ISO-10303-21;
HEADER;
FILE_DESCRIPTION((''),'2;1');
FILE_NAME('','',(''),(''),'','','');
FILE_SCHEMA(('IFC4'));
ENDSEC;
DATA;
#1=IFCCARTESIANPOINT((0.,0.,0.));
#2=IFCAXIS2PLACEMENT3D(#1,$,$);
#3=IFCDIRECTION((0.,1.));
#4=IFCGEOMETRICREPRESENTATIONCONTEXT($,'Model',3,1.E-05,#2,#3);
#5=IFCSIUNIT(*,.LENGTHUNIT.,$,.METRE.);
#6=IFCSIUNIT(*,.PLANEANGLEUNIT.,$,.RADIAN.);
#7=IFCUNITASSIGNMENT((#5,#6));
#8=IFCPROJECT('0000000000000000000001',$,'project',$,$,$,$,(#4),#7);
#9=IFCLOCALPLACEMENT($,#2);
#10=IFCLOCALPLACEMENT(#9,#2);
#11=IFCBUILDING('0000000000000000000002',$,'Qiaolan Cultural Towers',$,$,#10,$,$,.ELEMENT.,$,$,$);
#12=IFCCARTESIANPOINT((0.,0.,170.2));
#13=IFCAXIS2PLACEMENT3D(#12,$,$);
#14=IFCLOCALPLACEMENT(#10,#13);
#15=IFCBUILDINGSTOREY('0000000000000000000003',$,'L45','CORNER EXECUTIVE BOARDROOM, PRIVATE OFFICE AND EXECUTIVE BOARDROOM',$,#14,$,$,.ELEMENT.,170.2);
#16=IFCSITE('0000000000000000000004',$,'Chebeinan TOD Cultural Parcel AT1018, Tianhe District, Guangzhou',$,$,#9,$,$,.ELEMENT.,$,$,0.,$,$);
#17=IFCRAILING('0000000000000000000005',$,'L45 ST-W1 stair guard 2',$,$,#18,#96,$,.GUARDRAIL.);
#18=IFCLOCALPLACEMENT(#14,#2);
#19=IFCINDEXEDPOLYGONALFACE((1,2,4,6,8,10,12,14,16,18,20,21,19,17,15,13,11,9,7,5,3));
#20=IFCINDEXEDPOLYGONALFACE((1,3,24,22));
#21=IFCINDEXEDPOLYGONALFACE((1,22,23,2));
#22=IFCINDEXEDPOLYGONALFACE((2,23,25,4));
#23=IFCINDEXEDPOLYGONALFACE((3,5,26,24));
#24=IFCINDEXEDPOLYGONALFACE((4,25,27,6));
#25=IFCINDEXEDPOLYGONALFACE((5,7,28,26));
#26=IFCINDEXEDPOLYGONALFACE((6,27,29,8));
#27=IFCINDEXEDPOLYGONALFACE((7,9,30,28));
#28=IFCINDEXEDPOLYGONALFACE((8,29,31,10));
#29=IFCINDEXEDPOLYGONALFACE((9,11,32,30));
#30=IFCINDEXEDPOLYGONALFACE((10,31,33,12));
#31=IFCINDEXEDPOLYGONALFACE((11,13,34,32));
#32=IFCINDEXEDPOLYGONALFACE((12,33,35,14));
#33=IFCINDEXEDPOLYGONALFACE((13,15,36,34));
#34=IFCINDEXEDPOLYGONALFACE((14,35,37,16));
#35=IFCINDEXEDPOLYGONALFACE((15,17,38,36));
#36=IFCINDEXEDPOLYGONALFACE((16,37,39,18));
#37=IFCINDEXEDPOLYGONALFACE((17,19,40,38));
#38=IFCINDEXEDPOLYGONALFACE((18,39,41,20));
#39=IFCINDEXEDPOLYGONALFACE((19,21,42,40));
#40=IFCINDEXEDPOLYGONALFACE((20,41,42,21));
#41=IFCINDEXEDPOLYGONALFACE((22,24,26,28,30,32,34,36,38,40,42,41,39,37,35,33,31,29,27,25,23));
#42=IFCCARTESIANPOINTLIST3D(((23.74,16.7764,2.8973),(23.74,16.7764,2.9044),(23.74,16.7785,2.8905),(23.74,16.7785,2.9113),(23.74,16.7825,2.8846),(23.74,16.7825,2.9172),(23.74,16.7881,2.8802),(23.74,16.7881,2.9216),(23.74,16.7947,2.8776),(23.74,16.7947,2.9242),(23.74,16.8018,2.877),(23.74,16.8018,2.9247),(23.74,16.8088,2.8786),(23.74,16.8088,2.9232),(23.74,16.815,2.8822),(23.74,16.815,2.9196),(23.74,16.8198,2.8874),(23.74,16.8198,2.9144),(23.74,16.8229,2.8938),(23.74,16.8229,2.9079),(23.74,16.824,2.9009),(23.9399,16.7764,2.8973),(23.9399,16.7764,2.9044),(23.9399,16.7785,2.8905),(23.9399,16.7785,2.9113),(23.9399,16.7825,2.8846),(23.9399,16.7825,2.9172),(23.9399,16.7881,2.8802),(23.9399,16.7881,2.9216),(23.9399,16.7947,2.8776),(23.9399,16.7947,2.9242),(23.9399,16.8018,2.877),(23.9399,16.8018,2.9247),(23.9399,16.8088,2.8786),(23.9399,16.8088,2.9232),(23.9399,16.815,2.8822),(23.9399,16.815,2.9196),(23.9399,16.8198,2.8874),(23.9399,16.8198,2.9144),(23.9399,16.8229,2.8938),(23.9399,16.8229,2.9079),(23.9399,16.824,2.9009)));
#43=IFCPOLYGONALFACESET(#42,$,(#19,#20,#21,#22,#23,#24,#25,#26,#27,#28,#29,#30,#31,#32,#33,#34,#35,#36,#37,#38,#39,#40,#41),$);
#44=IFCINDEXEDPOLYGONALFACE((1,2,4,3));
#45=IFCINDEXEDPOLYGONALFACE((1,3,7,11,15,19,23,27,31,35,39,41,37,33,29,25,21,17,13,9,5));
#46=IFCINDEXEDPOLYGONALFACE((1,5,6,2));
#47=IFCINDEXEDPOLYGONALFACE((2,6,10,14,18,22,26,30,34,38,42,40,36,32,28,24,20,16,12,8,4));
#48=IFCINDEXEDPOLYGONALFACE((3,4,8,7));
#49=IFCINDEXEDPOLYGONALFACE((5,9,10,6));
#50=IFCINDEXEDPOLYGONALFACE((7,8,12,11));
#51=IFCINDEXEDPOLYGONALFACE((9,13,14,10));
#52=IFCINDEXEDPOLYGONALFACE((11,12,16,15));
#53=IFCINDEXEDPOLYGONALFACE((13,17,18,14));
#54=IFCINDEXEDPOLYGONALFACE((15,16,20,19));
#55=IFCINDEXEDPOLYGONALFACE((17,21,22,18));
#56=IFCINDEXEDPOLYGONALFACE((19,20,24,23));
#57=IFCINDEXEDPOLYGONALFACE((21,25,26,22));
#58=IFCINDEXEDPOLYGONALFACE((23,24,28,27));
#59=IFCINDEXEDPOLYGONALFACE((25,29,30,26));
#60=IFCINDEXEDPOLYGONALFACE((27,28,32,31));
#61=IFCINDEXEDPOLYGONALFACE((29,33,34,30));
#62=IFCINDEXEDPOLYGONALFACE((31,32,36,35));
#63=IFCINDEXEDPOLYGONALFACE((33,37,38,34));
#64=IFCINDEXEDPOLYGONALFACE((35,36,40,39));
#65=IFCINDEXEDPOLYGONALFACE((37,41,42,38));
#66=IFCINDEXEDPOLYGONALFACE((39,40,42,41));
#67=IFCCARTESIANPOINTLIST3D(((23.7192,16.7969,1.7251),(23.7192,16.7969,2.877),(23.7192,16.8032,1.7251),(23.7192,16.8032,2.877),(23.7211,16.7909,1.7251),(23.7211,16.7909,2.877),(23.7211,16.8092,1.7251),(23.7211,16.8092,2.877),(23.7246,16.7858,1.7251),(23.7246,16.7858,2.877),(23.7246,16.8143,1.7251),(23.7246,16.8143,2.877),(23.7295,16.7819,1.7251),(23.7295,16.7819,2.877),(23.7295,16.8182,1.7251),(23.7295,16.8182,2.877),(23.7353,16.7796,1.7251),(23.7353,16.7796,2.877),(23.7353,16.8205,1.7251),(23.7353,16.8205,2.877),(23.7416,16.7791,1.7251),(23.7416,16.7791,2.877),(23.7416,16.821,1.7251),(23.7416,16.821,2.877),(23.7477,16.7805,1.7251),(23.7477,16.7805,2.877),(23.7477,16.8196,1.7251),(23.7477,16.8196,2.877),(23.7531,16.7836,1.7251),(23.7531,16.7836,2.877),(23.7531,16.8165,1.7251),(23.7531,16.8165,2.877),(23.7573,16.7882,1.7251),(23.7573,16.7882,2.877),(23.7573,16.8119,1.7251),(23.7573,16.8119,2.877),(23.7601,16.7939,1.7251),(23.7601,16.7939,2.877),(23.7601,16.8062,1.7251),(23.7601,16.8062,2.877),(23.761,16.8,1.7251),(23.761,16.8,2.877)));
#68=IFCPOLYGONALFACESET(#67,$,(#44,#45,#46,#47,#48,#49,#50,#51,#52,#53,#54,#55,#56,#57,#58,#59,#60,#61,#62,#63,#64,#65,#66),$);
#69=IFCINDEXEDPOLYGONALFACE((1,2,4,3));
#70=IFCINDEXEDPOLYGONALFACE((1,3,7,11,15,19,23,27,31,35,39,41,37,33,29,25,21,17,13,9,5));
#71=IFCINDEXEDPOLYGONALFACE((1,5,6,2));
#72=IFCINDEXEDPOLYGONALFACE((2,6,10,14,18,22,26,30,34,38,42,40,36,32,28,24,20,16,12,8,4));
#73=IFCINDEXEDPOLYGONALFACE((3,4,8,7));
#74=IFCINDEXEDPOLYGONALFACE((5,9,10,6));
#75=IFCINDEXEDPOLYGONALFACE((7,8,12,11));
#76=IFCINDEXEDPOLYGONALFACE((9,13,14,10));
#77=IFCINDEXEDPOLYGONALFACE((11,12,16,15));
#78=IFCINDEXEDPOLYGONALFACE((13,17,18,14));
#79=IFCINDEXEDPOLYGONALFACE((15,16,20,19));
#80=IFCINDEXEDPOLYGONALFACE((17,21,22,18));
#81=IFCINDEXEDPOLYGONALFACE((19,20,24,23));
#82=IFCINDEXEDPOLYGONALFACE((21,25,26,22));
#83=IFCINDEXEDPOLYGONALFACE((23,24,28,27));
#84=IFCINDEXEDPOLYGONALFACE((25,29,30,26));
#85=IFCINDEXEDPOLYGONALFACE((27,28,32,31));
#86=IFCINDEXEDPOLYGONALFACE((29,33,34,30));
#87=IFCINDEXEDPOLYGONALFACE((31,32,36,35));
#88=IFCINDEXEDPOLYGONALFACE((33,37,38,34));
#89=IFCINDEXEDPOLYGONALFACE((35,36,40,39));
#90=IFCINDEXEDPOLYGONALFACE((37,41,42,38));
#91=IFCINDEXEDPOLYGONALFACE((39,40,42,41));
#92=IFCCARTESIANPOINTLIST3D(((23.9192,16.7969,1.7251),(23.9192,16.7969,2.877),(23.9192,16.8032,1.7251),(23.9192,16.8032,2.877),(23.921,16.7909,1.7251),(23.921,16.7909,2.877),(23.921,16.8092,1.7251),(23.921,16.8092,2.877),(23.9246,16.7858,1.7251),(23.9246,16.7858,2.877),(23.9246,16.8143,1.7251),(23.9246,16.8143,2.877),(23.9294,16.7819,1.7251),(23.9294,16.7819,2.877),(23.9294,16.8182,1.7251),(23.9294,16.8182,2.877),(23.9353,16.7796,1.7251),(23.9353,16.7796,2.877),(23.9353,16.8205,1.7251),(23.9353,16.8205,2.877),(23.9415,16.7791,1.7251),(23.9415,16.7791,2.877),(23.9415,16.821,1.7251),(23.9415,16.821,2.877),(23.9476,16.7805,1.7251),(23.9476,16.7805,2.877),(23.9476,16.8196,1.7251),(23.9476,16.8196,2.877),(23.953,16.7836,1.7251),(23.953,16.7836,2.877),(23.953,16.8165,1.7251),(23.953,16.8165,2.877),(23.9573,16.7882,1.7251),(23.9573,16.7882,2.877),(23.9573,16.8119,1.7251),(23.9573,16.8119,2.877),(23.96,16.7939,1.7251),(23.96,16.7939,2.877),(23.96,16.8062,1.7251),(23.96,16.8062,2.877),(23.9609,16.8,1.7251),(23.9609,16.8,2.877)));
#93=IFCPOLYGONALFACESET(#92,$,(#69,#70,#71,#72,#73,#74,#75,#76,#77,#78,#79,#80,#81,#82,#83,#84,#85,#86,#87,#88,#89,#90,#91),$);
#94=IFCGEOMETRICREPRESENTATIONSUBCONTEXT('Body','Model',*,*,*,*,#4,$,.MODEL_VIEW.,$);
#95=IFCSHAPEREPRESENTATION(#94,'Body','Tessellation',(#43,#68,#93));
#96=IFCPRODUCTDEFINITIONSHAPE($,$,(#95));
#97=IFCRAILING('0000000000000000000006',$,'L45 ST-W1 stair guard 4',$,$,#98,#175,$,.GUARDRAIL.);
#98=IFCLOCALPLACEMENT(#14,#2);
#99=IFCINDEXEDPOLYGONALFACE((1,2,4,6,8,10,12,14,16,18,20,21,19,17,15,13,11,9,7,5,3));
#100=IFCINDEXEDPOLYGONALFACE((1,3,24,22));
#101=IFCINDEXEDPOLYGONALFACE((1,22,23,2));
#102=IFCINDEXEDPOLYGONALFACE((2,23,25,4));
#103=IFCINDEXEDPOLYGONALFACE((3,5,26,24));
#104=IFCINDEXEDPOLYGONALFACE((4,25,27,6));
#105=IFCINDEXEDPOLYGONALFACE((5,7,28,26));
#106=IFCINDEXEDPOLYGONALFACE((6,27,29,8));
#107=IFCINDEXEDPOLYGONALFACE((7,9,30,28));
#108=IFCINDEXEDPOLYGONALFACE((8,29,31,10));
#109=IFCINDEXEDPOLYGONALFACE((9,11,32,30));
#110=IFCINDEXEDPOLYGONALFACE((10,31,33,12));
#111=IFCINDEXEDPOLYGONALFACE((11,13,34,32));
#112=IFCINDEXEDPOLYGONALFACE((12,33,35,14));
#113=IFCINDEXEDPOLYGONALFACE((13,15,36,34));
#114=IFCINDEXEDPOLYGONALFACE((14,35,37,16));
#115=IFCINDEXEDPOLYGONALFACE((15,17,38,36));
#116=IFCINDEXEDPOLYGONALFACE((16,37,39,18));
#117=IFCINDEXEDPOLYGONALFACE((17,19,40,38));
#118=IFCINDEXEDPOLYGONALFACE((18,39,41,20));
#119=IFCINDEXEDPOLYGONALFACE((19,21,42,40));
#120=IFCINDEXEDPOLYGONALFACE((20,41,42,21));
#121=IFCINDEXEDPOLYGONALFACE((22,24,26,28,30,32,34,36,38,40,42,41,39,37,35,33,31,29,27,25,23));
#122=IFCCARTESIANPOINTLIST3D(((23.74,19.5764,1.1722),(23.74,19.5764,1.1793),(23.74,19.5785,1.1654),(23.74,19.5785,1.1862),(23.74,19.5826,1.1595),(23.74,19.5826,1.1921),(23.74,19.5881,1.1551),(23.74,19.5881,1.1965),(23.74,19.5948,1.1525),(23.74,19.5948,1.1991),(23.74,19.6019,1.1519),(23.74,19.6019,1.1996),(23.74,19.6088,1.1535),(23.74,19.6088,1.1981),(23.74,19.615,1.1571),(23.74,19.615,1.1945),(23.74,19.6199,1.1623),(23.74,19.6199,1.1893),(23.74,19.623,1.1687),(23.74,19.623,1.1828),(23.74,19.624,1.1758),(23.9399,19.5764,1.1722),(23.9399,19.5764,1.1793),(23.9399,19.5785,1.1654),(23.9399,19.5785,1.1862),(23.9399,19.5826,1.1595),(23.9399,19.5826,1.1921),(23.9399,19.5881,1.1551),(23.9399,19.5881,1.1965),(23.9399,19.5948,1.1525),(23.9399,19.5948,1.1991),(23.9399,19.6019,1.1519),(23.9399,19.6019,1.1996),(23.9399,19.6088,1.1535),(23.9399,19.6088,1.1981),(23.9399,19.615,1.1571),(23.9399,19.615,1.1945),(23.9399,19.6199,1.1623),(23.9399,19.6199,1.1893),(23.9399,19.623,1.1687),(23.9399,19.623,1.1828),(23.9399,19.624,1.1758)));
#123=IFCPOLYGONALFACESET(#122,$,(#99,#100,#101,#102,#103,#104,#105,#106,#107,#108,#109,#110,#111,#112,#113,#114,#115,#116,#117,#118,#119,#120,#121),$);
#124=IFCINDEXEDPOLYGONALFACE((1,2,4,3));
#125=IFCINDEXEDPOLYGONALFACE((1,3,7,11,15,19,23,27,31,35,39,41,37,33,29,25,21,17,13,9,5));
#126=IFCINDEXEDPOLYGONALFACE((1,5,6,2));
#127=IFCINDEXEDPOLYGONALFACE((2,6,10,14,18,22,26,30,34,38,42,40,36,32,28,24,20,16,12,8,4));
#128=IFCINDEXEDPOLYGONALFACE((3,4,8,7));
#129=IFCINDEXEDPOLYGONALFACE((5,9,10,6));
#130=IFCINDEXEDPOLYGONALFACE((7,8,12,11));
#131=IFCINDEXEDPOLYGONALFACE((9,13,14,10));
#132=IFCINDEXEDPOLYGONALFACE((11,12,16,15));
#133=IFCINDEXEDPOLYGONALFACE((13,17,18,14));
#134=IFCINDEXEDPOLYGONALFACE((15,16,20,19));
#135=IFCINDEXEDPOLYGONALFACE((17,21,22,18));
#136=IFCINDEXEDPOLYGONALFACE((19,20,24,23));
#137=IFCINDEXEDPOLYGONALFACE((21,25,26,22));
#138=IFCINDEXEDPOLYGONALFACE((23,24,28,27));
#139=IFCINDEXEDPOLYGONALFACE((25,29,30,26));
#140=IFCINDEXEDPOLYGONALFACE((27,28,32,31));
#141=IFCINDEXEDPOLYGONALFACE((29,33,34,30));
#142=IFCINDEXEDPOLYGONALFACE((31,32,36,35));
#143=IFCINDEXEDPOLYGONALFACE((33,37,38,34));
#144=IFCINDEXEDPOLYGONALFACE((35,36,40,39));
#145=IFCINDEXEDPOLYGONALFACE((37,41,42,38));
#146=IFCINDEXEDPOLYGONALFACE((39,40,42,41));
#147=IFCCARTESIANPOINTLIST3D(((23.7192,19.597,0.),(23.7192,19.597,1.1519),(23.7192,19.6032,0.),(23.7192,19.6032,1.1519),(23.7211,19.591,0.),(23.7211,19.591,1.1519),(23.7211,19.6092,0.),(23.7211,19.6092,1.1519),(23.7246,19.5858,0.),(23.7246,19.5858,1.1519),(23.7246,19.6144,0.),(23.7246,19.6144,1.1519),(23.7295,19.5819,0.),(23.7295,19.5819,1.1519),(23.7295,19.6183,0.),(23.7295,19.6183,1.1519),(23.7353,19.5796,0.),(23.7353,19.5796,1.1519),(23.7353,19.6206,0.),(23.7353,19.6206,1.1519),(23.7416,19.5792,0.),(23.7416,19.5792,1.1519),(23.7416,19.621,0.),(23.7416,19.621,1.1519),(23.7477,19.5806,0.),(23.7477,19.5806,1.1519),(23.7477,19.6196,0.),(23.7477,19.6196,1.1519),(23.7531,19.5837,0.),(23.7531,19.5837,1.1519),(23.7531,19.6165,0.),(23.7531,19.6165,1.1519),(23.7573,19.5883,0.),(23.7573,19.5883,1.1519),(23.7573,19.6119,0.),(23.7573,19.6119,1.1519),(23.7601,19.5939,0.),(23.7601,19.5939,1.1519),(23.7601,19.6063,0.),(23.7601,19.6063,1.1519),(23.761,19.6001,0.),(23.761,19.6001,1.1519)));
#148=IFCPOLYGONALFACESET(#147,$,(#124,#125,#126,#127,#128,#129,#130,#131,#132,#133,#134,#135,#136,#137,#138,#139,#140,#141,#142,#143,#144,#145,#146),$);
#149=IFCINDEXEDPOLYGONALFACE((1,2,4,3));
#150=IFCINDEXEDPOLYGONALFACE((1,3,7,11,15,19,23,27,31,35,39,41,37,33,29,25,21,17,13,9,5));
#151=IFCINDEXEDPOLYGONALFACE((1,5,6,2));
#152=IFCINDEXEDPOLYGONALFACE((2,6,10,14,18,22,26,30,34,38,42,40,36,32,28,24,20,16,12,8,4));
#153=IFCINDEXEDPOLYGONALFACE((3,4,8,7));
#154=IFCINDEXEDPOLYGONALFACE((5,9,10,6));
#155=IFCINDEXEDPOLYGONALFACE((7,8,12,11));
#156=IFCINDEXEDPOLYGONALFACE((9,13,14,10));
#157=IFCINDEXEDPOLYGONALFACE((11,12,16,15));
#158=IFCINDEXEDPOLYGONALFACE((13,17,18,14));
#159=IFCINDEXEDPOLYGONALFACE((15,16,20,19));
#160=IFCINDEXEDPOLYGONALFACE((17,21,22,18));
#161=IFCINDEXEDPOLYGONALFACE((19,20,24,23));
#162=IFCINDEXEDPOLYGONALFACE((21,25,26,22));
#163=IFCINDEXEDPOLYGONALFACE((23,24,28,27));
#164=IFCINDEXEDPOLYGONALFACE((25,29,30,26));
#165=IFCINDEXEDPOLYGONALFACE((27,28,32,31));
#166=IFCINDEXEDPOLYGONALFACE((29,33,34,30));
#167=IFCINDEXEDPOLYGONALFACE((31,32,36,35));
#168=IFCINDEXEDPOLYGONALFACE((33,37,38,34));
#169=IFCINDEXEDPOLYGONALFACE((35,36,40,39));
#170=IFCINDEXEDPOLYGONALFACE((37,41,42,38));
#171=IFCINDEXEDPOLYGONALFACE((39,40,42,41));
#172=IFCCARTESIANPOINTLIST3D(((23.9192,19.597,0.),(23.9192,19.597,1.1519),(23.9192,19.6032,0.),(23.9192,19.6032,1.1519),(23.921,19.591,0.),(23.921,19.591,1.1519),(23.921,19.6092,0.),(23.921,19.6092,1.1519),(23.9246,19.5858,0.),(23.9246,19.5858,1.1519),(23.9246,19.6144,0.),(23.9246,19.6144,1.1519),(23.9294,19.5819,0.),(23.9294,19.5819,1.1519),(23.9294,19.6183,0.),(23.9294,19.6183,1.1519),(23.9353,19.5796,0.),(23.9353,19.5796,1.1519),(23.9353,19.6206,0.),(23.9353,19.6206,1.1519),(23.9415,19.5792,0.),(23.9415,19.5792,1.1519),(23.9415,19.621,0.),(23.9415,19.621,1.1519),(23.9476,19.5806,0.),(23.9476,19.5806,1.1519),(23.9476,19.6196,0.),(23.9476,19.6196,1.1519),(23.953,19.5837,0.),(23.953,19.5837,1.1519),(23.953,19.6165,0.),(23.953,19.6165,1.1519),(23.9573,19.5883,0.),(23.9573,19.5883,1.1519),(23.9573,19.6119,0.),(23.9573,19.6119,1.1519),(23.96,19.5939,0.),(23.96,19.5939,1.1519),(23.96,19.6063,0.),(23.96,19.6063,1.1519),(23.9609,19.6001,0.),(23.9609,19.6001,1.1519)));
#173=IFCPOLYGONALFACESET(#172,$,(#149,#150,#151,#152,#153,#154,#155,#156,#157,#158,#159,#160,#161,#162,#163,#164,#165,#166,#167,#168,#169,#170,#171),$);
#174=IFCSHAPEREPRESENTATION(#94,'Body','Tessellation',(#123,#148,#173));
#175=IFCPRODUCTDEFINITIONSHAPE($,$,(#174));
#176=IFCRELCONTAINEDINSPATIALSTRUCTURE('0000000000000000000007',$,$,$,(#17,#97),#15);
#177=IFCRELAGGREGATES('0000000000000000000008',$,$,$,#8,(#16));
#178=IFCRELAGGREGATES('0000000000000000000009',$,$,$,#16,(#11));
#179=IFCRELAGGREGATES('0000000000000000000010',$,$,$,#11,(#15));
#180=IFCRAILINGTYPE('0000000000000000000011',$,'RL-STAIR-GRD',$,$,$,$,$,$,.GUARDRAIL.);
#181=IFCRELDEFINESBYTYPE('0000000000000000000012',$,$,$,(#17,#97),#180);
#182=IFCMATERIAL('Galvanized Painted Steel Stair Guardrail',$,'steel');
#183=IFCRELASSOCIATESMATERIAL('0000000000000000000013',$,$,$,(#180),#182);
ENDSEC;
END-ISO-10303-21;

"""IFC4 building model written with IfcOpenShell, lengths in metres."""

from ifc_helpers import new_model, si_unit, direction, frame, origin, origin_2d, place, context, subcontext, project, spatial, circle, extrude, material, type_object, element, save


model = new_model("IFC4")

# Units and contexts
model_context = context("Model", 3, precision=1e-05, world=origin(), true_north=direction((0.0, 1.0)))
body_context = subcontext(model_context, "Body", "Model", "MODEL_VIEW")
ifc_project = project(units=[si_unit("LENGTHUNIT", "METRE"), si_unit("PLANEANGLEUNIT", "RADIAN")], contexts=[model_context])

# Site, building, storey
site_placement = place(None, origin())
site = spatial("IfcSite", under=ifc_project, at=site_placement, Name="Chebeinan TOD Cultural Parcel AT1018, Tianhe District, Guangzhou", CompositionType="ELEMENT", RefElevation=0.0)
building_placement = place(site_placement, origin())
building = spatial("IfcBuilding", under=site, at=building_placement, Name="Qiaolan Cultural Towers", CompositionType="ELEMENT")
storey_placement = place(building_placement, frame((0.0, 0.0, 170.2)))
storey = spatial("IfcBuildingStorey", under=building, at=storey_placement, Name="L45", Description="CORNER EXECUTIVE BOARDROOM, PRIVATE OFFICE AND EXECUTIVE BOARDROOM", CompositionType="ELEMENT", Elevation=170.2)

# Railings
ifc_material_1 = material(Name="Galvanized Painted Steel Stair Guardrail", Category="steel")
railing_type_1 = type_object("IfcRailingType", Name="RL-STAIR-GRD", PredefinedType="GUARDRAIL", material=ifc_material_1)
for number, where, name in (
    (1, (23.74, 16.8, 1.7251), "L45 ST-W1 stair guard 2"),
    (2, (23.74, 19.6001, 0.0), "L45 ST-W1 stair guard 4"),
):
    element("IfcRailing", number, at=place(storey_placement, frame(where)), inside=storey, type_object=railing_type_1, Name=name, PredefinedType="GUARDRAIL", context=body_context, shape_type="SweptSolid", body=[
        extrude(circle(Radius=0.0239, at=origin_2d()), frame((0.0, 0.0, 1.1758), z_axis=(1.0, 0.0, 0.0), x_axis=(0.0, 1.0, 0.0)), (0.0, 0.0, 1.0), 0.2),
        extrude(circle(Radius=0.021, at=origin_2d()), origin(), (0.0, 0.0, 1.0), 1.1519),
        extrude(circle(Radius=0.021, at=origin_2d()), frame((0.2, 0.0, 0.0)), (0.0, 0.0, 1.0), 1.1519),
    ])

save(model, "model.ifc")
